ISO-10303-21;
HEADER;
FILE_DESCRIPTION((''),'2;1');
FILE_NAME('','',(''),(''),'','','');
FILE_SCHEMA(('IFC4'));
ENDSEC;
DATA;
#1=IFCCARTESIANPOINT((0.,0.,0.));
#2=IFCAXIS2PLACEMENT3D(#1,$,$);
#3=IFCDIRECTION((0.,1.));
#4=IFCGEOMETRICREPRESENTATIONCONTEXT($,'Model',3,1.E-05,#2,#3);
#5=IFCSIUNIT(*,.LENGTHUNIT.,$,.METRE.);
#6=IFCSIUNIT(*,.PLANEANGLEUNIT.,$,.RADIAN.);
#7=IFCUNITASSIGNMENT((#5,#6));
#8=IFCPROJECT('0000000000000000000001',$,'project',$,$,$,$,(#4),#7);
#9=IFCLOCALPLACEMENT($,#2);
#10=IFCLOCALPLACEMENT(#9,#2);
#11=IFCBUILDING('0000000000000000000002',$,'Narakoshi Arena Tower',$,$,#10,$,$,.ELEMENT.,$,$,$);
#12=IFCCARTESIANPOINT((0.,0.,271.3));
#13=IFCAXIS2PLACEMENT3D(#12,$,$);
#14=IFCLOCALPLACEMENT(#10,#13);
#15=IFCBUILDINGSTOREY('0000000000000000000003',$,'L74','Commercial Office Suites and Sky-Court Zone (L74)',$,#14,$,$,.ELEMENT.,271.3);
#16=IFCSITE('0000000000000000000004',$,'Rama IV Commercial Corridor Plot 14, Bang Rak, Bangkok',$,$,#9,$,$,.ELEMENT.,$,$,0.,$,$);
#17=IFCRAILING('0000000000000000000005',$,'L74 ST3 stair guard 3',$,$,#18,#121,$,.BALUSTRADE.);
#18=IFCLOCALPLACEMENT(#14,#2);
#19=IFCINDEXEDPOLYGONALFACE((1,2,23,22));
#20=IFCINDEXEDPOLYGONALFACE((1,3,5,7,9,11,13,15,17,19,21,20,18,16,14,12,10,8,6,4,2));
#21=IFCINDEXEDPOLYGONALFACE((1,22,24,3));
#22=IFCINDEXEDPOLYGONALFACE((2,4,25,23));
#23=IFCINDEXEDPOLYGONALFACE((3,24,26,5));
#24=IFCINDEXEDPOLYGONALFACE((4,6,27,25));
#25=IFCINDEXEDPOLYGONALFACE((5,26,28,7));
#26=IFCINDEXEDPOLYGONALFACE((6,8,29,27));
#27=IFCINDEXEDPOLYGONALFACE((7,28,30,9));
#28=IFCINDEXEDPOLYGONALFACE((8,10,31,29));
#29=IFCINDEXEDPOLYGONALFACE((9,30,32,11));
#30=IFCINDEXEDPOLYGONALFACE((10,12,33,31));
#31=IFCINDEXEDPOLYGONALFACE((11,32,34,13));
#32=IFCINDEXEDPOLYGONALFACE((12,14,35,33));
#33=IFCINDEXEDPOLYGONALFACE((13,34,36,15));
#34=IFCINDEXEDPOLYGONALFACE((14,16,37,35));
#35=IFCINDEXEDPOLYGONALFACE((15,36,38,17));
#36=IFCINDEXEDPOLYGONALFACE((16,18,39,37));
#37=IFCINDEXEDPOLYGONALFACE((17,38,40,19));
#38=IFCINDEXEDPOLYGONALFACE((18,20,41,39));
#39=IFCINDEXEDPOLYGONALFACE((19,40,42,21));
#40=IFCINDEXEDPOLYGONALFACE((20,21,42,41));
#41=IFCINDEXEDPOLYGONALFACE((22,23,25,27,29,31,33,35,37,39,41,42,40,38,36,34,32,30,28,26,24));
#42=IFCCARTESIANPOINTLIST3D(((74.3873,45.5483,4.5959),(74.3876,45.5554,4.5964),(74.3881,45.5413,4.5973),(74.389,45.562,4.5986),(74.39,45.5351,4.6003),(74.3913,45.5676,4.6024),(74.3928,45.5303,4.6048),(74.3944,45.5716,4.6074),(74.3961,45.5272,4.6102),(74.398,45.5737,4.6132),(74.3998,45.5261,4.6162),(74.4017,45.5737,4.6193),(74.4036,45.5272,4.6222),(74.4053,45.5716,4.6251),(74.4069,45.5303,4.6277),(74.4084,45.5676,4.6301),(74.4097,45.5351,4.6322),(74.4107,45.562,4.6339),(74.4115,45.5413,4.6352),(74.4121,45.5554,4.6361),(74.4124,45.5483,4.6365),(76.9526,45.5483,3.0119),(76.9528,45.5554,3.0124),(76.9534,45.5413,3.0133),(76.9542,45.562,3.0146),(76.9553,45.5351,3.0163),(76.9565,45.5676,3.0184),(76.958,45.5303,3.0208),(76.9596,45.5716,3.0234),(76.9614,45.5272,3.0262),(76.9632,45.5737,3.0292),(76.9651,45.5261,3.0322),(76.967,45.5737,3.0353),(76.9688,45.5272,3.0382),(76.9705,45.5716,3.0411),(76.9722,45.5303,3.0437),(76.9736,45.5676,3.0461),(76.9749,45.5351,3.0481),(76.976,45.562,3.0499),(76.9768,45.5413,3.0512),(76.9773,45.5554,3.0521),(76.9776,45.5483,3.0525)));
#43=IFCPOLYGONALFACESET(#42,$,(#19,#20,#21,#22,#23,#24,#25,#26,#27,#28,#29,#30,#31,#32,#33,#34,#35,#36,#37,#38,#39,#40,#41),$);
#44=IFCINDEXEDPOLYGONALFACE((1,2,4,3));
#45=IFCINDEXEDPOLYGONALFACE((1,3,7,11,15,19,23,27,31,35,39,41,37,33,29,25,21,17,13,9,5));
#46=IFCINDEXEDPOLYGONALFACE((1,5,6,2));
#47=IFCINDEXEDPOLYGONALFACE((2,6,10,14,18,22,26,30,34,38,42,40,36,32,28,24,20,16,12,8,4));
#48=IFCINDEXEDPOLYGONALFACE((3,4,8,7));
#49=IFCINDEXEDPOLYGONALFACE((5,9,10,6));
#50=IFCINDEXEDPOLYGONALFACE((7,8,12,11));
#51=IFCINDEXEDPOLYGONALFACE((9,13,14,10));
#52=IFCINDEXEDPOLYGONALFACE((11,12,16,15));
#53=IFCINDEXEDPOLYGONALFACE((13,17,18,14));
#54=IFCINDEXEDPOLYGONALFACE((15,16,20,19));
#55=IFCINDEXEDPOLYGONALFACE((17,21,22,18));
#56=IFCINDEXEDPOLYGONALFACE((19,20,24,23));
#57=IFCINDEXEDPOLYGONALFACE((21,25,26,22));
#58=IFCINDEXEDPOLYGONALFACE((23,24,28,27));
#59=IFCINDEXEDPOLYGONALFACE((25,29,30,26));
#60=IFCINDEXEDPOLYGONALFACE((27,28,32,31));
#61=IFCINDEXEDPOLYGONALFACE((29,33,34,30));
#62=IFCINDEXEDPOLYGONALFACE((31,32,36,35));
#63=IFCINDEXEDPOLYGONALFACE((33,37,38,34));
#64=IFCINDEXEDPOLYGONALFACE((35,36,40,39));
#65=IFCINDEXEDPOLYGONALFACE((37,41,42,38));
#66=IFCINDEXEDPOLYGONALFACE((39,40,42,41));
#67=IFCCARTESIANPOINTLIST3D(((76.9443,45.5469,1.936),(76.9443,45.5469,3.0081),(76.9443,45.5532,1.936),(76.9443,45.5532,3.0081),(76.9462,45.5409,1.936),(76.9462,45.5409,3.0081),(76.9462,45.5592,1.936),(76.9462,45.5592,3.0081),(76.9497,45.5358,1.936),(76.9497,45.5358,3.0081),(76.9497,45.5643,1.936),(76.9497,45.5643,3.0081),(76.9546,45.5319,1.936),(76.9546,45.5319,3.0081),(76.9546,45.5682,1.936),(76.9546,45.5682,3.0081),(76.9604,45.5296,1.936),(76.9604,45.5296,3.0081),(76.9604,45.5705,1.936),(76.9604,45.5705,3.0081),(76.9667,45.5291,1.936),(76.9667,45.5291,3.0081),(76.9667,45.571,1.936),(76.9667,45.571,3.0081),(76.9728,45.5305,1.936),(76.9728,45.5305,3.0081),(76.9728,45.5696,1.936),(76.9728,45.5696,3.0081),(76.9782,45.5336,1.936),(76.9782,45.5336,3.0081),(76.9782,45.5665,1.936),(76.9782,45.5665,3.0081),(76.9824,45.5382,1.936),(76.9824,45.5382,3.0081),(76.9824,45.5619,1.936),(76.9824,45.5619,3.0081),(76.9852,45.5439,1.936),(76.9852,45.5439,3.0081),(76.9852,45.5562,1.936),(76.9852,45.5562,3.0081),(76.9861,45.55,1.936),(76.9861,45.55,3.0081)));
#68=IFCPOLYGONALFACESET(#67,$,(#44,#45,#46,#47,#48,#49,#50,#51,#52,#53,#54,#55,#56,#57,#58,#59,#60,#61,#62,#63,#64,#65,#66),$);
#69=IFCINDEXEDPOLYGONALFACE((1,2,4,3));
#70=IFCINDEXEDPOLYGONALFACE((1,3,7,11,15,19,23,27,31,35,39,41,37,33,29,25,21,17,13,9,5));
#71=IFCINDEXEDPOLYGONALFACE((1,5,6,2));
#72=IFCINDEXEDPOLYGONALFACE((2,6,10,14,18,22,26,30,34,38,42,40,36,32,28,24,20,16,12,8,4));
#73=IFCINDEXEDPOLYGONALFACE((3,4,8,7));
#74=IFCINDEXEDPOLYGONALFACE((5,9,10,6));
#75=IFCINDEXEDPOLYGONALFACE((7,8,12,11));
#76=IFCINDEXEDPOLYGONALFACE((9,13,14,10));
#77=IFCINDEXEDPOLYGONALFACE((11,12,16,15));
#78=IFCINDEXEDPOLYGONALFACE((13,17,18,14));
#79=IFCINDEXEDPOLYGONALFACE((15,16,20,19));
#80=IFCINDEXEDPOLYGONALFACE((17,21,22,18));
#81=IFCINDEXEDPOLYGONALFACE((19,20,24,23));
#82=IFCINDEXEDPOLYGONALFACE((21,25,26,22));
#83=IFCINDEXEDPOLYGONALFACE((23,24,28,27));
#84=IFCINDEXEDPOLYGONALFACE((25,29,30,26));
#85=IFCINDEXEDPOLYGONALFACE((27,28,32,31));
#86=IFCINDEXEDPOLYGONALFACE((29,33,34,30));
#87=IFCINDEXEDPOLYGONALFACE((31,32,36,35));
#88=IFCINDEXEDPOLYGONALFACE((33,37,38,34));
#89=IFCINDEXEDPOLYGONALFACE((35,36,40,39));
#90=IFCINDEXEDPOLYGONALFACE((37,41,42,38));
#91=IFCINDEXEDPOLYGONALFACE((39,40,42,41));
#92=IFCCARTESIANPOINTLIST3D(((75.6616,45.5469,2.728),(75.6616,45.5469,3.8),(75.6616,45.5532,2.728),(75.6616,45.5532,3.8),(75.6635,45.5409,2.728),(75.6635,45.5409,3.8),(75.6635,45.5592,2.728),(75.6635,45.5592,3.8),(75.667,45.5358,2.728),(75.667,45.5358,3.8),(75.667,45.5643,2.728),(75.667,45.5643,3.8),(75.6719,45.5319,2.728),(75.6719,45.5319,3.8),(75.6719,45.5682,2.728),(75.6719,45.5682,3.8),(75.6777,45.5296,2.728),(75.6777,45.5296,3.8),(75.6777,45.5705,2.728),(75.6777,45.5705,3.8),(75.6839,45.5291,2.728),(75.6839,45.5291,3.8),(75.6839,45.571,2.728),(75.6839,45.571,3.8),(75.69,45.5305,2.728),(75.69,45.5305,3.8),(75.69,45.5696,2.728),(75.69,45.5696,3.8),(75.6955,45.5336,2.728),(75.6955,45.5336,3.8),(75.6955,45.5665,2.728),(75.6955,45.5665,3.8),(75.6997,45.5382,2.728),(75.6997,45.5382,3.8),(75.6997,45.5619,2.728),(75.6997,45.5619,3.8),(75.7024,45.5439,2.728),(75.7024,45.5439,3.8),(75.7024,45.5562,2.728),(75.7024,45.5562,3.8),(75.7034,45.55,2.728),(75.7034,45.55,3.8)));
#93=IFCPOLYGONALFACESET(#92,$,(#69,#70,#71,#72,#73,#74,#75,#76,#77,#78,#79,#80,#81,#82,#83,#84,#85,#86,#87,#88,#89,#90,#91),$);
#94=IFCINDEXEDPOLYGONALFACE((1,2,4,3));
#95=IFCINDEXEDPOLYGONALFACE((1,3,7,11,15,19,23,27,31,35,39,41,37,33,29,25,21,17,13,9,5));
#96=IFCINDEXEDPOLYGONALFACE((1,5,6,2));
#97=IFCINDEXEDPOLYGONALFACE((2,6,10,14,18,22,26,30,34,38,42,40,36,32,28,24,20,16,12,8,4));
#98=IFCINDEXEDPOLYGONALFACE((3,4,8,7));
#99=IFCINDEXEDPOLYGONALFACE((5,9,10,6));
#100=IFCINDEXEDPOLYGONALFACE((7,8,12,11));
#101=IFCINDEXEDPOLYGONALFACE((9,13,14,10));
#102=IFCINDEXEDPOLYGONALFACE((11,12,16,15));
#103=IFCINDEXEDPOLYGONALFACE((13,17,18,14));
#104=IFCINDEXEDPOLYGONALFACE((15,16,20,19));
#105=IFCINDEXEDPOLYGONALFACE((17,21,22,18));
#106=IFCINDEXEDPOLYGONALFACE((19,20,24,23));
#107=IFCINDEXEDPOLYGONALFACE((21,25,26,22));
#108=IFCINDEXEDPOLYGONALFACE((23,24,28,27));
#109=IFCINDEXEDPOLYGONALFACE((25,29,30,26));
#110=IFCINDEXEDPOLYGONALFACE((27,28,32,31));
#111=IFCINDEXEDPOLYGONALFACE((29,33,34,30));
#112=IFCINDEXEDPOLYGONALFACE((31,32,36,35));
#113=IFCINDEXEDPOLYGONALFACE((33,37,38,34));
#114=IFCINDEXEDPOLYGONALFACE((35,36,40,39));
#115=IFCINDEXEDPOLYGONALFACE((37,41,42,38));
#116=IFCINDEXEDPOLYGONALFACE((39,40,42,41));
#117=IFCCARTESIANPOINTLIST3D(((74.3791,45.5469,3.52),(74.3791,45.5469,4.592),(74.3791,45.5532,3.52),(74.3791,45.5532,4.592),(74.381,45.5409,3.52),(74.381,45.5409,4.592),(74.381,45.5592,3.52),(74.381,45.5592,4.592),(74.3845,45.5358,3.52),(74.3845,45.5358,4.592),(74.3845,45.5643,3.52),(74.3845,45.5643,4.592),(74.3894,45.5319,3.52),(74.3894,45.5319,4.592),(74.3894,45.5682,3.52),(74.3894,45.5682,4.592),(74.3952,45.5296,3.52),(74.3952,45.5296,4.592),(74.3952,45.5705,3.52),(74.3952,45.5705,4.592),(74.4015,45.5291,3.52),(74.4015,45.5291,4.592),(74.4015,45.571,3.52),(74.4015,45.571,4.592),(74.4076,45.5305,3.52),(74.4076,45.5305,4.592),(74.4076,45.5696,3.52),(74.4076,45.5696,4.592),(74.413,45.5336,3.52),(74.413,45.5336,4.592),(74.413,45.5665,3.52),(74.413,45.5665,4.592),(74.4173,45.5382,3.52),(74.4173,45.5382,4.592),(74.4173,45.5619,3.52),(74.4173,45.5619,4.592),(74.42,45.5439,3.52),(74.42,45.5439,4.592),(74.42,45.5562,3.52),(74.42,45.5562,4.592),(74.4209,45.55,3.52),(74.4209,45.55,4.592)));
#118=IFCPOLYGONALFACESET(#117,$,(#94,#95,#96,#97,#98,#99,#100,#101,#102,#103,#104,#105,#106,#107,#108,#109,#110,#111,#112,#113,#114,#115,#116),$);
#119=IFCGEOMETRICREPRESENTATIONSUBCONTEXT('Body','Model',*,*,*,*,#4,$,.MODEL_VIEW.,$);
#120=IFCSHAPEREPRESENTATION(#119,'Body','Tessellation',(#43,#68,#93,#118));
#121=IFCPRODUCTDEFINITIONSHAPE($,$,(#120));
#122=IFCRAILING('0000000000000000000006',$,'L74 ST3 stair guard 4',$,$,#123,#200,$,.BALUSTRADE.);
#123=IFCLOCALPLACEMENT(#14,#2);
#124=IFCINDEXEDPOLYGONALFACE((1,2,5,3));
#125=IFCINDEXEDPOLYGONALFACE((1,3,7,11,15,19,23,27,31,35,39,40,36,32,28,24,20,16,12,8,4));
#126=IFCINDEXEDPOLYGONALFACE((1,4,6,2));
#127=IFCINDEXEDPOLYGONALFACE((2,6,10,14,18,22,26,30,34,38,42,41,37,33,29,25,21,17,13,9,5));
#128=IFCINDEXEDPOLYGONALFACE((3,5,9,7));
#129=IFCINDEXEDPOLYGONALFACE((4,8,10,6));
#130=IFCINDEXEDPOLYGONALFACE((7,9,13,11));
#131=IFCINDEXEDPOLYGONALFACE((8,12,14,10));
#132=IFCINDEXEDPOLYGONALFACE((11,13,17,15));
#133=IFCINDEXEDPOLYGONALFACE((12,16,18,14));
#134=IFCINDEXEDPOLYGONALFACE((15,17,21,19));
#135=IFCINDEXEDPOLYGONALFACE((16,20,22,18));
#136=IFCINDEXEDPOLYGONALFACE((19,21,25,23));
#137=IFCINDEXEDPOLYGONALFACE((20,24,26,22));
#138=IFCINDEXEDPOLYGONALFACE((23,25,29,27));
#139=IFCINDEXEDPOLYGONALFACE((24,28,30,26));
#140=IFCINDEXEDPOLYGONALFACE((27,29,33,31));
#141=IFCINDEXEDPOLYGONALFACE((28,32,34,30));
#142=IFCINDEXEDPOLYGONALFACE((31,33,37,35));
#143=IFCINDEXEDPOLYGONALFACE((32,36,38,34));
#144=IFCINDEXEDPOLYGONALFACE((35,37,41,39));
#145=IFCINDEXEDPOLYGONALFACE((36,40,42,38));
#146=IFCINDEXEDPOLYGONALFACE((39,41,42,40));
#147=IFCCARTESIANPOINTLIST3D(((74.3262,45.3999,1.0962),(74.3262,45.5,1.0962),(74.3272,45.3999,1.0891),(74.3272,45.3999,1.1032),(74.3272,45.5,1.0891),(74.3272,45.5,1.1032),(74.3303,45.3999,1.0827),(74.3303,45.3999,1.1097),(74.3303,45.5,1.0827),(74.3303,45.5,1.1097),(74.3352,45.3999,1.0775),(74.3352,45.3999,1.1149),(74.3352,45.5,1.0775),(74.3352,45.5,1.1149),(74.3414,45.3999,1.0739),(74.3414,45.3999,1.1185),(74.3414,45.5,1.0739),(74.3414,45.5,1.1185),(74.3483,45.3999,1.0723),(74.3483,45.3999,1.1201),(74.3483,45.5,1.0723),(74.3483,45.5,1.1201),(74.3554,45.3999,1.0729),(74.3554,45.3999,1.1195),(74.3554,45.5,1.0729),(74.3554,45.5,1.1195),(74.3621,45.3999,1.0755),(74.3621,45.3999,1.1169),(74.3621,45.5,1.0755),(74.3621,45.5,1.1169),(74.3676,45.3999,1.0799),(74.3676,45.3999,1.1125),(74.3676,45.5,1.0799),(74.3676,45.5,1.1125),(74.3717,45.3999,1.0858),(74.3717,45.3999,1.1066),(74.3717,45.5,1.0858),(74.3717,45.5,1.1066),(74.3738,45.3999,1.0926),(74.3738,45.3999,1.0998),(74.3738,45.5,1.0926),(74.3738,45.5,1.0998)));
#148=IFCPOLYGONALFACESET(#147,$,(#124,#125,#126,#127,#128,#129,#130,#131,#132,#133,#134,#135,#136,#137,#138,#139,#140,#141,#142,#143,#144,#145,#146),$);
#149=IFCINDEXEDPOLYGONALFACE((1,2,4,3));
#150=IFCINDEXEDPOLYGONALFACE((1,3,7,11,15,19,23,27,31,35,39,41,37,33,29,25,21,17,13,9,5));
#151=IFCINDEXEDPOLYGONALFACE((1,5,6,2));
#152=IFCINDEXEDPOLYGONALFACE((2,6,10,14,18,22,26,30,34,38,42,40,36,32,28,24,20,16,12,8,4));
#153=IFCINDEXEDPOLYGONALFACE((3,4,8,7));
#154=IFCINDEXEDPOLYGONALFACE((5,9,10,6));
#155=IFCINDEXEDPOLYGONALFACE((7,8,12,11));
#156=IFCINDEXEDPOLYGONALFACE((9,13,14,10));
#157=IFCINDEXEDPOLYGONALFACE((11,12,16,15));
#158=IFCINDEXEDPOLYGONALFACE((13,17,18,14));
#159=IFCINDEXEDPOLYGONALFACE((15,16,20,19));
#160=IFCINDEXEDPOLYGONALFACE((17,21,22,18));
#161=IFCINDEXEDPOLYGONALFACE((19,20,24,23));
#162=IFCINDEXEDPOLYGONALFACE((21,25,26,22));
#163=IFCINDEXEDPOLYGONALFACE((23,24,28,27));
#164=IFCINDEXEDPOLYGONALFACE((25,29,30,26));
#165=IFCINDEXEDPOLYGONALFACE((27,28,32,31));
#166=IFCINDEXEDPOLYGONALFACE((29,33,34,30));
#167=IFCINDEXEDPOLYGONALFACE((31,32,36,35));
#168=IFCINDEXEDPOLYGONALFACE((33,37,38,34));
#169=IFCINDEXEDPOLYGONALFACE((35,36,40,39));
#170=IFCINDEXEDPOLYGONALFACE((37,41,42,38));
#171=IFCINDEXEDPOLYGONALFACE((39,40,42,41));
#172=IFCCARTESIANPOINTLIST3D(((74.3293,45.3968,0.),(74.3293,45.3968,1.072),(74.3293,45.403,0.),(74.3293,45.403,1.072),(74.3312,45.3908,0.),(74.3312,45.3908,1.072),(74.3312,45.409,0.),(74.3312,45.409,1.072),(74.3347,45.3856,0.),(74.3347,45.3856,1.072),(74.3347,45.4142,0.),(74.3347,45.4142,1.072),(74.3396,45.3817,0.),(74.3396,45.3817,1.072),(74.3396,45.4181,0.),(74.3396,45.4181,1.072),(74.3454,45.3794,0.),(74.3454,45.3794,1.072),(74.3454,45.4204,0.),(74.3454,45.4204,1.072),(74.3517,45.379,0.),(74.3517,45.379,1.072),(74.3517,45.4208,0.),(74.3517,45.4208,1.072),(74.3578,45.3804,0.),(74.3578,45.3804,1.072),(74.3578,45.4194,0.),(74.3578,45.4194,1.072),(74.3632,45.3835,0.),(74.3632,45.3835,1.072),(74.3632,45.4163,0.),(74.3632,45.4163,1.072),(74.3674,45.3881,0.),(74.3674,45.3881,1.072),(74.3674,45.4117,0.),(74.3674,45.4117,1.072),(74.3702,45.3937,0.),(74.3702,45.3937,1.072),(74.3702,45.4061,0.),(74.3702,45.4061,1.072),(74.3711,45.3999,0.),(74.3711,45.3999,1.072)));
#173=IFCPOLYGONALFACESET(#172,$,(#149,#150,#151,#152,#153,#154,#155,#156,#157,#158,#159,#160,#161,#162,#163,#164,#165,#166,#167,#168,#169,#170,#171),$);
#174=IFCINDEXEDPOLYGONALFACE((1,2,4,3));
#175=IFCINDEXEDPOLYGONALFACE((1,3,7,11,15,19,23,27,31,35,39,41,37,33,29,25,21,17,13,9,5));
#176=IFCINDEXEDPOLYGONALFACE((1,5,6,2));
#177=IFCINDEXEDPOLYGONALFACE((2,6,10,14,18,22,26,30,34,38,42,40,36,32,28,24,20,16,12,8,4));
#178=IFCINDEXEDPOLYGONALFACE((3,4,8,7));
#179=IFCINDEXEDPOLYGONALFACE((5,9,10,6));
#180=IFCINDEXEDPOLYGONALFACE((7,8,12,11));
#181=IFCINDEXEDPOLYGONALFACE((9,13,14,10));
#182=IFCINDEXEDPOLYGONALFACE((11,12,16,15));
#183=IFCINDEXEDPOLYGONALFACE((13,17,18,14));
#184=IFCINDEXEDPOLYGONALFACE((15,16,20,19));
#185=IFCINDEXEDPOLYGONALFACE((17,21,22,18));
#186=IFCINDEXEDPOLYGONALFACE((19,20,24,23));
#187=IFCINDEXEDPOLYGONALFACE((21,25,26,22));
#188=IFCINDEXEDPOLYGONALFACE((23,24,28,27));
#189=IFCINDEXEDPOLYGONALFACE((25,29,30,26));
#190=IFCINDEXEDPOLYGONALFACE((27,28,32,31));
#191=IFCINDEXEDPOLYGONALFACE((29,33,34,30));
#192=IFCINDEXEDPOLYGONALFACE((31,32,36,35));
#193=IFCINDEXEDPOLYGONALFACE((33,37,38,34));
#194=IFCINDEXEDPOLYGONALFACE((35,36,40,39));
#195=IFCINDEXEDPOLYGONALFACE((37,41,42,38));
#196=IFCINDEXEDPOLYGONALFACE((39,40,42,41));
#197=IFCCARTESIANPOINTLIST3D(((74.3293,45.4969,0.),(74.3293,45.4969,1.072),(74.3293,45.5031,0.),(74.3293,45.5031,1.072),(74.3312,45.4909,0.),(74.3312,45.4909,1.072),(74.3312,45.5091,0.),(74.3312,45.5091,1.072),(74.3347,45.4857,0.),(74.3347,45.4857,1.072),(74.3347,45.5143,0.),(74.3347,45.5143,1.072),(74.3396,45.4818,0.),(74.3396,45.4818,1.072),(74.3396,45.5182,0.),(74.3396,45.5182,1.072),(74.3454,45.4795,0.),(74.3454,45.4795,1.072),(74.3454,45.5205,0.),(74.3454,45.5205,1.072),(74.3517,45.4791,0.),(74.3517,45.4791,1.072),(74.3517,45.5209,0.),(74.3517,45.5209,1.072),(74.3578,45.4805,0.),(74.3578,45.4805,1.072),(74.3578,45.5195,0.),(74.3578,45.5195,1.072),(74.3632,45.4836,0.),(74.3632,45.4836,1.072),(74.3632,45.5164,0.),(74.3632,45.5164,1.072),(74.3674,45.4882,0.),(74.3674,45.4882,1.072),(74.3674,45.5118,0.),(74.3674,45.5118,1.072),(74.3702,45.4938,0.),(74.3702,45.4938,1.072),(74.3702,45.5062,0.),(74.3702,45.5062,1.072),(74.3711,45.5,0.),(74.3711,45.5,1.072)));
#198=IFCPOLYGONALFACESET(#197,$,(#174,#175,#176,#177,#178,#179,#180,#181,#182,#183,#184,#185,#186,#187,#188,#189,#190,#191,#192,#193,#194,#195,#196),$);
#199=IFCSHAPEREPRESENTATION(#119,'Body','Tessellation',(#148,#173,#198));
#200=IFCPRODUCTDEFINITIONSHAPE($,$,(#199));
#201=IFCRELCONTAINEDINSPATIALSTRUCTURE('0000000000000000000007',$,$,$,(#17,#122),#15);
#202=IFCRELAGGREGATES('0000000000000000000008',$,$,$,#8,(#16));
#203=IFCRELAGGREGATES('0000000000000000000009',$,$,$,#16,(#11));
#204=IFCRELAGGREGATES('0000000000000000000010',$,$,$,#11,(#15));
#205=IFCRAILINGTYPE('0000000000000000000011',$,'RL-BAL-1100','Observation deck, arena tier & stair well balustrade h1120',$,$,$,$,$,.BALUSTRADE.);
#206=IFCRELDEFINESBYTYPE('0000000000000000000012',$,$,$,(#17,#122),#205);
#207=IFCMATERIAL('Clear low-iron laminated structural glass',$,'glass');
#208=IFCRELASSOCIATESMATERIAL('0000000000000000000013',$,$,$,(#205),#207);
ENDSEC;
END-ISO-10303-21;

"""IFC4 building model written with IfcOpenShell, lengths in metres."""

from ifc_helpers import new_model, si_unit, direction, frame, origin, origin_2d, place, context, subcontext, project, spatial, circle, extrude, material, type_object, element, save


model = new_model("IFC4")

# Units and contexts
model_context = context("Model", 3, precision=1e-05, world=origin(), true_north=direction((0.0, 1.0)))
body_context = subcontext(model_context, "Body", "Model", "MODEL_VIEW")
ifc_project = project(units=[si_unit("LENGTHUNIT", "METRE"), si_unit("PLANEANGLEUNIT", "RADIAN")], contexts=[model_context])

# Site, building, storey
site_placement = place(None, origin())
site = spatial("IfcSite", under=ifc_project, at=site_placement, Name="Rama IV Commercial Corridor Plot 14, Bang Rak, Bangkok", CompositionType="ELEMENT", RefElevation=0.0)
building_placement = place(site_placement, origin())
building = spatial("IfcBuilding", under=site, at=building_placement, Name="Narakoshi Arena Tower", CompositionType="ELEMENT")
storey_placement = place(building_placement, frame((0.0, 0.0, 271.3)))
storey = spatial("IfcBuildingStorey", under=building, at=storey_placement, Name="L74", Description="Commercial Office Suites and Sky-Court Zone (L74)", CompositionType="ELEMENT", Elevation=271.3)

# Railings
ifc_material_1 = material(Name="Clear low-iron laminated structural glass", Category="glass")
railing_type_1 = type_object("IfcRailingType", Name="RL-BAL-1100", Description="Observation deck, arena tier & stair well balustrade h1120", PredefinedType="BALUSTRADE", material=ifc_material_1)
railing_1_placement = place(storey_placement, frame((76.9651, 45.55, 1.936)))
element("IfcRailing", 1, at=railing_1_placement, inside=storey, type_object=railing_type_1, Name="L74 ST3 stair guard 3", PredefinedType="BALUSTRADE", context=body_context, shape_type="SweptSolid", body=[
    extrude(circle(Radius=0.0239, at=origin_2d()), frame((0.0, 0.0, 1.0962), z_axis=(-0.850857, 0.0, 0.525398), x_axis=(0.0, -1.0, 0.0)), (0.0, 0.0, 1.0), 3.0149),
    extrude(circle(Radius=0.021, at=origin_2d()), origin(), (0.0, 0.0, 1.0), 1.072),
    extrude(circle(Radius=0.021, at=origin_2d()), frame((-1.2827, 0.0, 0.792)), (0.0, 0.0, 1.0), 1.072),
    extrude(circle(Radius=0.021, at=origin_2d()), frame((-2.5652, 0.0, 1.584)), (0.0, 0.0, 1.0), 1.072),
])
railing_2_placement = place(storey_placement, frame((74.3501, 45.3999, 0.0)))
element("IfcRailing", 2, at=railing_2_placement, inside=storey, type_object=railing_type_1, Name="L74 ST3 stair guard 4", PredefinedType="BALUSTRADE", context=body_context, shape_type="SweptSolid", body=[
    extrude(circle(Radius=0.0239, at=origin_2d()), frame((0.0, 0.0, 1.0962), z_axis=(0.0, 1.0, 0.0), x_axis=(-1.0, 0.0, 0.0)), (0.0, 0.0, 1.0), 0.1001),
    extrude(circle(Radius=0.021, at=origin_2d()), origin(), (0.0, 0.0, 1.0), 1.072),
    extrude(circle(Radius=0.021, at=origin_2d()), frame((0.0, 0.1001, 0.0)), (0.0, 0.0, 1.0), 1.072),
])

save(model, "model.ifc")
